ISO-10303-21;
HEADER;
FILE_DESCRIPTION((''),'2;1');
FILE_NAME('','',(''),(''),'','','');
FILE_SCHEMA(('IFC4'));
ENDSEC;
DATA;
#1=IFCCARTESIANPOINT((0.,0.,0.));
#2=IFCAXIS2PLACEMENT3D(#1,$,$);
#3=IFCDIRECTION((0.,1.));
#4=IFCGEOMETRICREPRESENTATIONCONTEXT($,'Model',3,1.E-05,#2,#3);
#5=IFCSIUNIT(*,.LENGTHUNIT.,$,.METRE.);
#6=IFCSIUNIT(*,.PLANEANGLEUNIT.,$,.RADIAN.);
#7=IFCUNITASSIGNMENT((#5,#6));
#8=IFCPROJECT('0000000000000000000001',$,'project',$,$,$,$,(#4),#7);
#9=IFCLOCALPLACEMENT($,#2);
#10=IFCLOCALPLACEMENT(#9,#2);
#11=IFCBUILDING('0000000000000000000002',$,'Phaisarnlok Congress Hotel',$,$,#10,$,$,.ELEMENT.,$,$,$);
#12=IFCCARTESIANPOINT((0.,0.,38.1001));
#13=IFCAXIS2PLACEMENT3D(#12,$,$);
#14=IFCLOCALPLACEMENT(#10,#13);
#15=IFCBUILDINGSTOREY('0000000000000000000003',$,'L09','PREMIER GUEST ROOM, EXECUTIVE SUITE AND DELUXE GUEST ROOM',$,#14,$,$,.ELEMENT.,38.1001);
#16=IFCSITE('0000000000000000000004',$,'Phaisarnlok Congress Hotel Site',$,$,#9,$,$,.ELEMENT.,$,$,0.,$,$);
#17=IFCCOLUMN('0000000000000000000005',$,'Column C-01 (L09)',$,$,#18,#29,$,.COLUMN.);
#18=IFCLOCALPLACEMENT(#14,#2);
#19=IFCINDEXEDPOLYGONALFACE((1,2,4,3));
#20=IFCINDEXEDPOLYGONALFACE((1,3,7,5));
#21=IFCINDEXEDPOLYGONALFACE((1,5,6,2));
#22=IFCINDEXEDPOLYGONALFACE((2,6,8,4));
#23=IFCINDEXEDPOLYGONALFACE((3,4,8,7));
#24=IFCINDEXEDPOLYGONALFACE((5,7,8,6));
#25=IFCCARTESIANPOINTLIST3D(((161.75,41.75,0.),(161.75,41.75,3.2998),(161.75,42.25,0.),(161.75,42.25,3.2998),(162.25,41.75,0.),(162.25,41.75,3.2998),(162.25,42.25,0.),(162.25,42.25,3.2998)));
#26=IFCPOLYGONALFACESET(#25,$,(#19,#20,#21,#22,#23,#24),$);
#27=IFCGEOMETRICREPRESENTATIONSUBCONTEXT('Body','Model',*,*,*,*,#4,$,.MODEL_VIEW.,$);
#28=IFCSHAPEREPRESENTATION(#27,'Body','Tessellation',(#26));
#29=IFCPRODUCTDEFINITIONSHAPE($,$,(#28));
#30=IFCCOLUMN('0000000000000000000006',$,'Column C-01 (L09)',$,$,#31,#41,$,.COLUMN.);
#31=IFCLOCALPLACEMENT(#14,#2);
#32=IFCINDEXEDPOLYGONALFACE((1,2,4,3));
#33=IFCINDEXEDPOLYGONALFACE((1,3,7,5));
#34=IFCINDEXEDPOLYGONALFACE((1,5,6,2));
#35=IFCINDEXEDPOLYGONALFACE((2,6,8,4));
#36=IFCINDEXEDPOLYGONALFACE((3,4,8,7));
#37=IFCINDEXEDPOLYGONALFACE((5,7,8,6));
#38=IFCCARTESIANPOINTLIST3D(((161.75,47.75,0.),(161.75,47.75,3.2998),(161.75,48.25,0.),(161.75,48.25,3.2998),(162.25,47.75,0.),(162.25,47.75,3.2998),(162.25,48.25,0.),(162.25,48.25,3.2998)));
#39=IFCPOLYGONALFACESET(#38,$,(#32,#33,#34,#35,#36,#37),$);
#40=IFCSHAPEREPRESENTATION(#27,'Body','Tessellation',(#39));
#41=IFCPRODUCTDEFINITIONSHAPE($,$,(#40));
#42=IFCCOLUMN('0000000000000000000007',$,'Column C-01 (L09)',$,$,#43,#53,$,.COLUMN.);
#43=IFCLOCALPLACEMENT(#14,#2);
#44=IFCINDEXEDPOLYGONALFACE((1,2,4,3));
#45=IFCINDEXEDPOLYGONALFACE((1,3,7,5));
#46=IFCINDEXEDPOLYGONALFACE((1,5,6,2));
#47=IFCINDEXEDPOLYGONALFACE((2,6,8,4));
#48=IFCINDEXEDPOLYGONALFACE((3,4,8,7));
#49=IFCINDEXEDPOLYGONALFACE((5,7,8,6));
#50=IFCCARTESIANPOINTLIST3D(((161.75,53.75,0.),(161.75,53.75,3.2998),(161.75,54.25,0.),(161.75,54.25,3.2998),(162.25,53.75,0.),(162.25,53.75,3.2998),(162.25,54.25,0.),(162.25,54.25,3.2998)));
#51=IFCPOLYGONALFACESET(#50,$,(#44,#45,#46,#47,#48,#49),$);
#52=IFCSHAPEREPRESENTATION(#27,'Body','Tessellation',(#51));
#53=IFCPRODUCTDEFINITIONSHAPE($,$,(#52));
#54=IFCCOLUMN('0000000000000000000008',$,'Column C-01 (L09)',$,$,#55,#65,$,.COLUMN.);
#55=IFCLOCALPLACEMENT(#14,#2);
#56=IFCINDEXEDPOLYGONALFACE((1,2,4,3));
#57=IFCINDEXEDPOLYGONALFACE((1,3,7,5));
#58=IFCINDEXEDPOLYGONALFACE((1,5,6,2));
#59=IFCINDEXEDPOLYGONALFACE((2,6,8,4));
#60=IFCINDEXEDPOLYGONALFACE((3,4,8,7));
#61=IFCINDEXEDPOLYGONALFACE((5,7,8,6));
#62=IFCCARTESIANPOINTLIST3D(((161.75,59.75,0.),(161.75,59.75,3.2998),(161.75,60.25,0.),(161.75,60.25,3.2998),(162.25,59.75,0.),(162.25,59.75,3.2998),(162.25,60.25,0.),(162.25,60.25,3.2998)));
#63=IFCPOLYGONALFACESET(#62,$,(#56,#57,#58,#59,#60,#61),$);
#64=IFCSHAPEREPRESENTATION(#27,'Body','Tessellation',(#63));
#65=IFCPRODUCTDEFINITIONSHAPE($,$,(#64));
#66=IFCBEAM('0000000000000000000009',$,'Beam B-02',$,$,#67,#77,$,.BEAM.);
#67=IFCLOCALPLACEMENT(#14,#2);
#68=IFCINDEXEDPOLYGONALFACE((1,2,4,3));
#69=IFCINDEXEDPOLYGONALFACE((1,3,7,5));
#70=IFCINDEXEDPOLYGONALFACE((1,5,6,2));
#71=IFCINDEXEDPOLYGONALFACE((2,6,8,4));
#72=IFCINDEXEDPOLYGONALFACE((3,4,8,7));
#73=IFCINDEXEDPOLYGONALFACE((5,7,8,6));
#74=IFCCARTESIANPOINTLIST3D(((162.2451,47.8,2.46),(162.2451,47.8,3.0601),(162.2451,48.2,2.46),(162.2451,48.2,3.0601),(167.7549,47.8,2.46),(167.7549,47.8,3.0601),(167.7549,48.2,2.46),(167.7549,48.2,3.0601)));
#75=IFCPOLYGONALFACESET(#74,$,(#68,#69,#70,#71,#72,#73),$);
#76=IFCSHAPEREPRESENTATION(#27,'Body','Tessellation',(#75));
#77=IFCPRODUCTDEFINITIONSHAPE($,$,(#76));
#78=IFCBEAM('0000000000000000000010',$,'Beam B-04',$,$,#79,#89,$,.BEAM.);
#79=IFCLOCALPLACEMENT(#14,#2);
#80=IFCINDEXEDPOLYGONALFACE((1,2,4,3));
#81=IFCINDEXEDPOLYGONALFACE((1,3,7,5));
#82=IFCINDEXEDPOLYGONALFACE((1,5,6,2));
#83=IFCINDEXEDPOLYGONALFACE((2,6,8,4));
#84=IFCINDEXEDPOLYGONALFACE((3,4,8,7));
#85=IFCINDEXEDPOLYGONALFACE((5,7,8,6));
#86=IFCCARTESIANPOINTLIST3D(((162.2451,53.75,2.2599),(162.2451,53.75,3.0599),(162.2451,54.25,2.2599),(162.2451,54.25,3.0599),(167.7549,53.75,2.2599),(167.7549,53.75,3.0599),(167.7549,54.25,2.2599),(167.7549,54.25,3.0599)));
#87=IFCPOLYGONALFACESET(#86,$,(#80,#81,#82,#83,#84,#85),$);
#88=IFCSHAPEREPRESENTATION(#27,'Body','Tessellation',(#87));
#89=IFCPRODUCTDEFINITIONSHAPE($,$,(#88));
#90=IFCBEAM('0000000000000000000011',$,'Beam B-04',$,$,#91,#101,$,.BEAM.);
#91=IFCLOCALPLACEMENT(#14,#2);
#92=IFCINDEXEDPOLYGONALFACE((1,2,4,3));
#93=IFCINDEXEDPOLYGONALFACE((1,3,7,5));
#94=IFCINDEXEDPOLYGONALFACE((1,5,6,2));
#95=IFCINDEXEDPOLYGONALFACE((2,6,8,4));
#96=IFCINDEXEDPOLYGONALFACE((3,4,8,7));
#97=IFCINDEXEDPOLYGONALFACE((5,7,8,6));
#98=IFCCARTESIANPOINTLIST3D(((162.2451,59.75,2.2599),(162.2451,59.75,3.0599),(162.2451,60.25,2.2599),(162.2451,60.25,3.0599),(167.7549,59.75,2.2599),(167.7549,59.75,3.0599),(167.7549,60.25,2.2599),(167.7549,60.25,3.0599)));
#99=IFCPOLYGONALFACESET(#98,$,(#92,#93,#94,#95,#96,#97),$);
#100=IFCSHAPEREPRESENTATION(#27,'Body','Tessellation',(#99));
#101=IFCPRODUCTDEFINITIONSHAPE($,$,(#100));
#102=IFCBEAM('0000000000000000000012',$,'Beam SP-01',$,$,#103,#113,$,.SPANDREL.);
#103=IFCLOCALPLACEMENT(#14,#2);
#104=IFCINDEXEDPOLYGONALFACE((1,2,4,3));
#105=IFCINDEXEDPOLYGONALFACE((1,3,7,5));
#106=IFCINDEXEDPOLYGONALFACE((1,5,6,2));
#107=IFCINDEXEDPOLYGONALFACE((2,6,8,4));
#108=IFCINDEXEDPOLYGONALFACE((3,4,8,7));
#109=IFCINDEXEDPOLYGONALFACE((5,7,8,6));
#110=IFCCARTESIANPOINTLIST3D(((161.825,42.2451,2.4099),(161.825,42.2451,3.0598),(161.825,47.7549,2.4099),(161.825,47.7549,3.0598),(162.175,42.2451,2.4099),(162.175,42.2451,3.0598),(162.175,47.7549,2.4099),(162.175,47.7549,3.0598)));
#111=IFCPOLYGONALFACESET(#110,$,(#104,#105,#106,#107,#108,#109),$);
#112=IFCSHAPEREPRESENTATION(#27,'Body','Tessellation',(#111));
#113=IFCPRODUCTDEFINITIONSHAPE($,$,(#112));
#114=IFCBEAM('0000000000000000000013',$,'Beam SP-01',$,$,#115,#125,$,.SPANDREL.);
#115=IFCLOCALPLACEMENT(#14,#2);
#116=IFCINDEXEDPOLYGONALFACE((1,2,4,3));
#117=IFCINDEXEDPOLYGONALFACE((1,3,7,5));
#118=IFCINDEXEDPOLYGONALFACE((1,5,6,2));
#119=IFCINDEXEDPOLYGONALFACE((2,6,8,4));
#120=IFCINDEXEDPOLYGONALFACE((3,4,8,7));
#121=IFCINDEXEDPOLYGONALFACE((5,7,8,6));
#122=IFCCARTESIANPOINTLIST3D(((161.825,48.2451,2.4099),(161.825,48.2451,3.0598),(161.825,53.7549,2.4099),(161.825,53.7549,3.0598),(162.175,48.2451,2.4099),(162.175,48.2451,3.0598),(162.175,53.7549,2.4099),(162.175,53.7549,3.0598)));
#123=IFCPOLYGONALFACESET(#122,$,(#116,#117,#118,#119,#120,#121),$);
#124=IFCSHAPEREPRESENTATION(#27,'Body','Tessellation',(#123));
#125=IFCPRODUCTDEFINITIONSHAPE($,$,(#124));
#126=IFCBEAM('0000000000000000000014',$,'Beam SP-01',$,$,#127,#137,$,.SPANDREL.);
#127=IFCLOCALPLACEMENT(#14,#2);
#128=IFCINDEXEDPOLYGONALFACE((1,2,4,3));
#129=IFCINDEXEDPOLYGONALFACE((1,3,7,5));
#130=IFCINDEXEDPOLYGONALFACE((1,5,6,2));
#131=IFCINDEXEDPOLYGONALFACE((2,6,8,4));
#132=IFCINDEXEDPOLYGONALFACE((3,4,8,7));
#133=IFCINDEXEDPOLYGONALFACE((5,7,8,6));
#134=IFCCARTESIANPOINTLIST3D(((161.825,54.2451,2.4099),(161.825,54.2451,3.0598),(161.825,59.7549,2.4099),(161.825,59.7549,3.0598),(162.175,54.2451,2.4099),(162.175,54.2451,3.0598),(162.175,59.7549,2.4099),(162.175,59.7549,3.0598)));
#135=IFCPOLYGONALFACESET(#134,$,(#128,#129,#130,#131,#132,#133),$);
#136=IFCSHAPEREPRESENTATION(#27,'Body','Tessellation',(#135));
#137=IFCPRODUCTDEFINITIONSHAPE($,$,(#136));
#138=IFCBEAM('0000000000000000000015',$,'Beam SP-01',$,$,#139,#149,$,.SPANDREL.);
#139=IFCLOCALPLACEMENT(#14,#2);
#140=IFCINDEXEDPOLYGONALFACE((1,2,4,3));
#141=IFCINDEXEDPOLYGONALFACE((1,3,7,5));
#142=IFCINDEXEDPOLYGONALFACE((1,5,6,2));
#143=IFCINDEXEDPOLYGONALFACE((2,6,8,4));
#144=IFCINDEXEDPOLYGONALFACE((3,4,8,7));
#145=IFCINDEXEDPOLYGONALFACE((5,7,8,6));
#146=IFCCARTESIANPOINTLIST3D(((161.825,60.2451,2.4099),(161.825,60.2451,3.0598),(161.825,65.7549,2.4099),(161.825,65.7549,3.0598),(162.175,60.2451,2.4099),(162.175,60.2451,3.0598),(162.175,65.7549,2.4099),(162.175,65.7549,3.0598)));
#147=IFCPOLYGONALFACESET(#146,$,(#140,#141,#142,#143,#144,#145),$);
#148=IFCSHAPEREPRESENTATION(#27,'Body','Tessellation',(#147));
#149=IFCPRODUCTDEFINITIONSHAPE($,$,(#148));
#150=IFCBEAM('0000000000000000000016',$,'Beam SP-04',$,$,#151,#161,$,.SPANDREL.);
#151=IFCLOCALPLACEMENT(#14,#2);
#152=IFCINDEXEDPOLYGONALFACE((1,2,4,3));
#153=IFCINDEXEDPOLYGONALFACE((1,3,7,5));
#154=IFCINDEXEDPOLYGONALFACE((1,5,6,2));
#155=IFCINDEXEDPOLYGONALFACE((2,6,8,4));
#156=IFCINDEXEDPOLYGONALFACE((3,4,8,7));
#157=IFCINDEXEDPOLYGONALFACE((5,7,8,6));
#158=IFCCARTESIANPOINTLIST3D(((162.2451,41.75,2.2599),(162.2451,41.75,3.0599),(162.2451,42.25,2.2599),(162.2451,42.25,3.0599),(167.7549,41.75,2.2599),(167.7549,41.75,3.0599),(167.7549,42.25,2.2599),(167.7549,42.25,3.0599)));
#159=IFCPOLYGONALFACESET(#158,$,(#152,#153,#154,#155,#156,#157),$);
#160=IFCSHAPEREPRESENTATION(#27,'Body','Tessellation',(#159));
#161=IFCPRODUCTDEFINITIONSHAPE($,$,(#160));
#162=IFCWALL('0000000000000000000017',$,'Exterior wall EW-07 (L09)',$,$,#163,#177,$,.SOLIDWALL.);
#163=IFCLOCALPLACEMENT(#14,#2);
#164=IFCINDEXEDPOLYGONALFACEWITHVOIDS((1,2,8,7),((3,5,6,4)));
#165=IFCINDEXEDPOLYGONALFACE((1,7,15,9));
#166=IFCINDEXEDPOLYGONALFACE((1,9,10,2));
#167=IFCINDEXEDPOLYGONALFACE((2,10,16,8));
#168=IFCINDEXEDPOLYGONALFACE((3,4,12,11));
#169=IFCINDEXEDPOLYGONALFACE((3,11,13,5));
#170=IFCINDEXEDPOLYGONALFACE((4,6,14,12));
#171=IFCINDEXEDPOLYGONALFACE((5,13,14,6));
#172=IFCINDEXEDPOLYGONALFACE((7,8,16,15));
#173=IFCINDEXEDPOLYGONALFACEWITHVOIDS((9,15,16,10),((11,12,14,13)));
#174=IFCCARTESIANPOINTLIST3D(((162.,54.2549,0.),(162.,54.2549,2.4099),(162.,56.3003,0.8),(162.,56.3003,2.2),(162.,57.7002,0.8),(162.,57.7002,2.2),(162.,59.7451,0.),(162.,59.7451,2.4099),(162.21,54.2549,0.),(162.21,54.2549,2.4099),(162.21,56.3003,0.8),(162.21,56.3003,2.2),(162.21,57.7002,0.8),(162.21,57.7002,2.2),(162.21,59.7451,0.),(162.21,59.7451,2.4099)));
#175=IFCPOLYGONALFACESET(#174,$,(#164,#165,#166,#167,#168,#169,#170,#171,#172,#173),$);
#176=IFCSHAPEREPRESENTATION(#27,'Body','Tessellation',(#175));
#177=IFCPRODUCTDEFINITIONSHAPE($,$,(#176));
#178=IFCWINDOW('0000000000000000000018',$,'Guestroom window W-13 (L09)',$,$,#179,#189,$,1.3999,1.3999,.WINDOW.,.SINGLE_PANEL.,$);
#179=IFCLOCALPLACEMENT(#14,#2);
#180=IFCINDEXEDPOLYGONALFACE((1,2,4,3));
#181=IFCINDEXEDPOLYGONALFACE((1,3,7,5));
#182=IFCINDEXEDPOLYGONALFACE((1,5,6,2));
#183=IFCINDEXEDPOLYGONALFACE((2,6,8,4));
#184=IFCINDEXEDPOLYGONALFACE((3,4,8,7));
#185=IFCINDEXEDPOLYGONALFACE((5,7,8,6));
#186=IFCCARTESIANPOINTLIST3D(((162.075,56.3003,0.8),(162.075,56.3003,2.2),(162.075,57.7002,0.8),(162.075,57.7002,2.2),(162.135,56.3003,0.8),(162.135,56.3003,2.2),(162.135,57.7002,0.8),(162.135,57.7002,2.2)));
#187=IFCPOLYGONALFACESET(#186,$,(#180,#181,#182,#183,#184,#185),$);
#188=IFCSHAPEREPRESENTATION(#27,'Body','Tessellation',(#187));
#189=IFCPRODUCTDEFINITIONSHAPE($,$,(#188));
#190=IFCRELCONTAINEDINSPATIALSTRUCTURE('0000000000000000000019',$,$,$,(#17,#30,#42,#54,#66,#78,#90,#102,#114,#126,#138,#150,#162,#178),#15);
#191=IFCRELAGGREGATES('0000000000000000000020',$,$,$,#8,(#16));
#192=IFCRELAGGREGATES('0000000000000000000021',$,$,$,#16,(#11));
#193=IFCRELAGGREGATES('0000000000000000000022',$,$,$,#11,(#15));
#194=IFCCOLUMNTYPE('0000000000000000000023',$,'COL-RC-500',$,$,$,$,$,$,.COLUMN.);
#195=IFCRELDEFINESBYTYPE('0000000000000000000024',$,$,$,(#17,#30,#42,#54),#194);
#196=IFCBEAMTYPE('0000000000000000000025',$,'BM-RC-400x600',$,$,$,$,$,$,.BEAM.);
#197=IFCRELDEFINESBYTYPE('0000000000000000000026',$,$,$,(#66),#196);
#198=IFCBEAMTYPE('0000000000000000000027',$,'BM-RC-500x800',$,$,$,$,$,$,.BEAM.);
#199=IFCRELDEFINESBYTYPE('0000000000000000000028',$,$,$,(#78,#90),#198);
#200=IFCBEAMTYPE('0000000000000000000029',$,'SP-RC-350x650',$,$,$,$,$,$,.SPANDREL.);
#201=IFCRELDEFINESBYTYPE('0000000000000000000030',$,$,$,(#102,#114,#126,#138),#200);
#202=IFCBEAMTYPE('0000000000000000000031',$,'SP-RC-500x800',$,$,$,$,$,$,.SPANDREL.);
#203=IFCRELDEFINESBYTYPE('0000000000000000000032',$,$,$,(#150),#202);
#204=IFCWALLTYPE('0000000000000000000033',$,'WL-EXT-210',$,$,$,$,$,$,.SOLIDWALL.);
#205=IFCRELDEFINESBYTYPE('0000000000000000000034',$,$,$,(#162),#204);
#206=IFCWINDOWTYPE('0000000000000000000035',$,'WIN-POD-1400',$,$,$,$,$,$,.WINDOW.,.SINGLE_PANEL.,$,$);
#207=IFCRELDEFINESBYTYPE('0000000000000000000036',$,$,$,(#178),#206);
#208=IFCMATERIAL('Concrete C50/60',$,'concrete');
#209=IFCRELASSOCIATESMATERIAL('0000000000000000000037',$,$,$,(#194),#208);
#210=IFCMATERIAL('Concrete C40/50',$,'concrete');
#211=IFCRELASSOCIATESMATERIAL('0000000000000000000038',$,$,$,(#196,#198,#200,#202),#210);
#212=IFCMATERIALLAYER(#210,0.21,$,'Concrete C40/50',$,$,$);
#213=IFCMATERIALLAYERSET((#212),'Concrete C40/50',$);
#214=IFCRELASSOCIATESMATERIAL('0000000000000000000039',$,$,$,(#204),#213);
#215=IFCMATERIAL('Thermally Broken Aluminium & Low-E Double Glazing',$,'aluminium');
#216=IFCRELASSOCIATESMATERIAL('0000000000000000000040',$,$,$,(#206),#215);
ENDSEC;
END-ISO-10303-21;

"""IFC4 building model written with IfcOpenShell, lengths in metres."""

from ifc_helpers import new_model, si_unit, direction, frame, frame_2d, origin, origin_2d, place, context, subcontext, project, spatial, rectangle, extrude, material, layer, layer_set, material_profile, profile_set, type_object, element, fill, save


model = new_model("IFC4")

# Units and contexts
model_context = context("Model", 3, precision=1e-05, world=origin(), true_north=direction((0.0, 1.0)))
body_context = subcontext(model_context, "Body", "Model", "MODEL_VIEW")
ifc_project = project(units=[si_unit("LENGTHUNIT", "METRE"), si_unit("PLANEANGLEUNIT", "RADIAN")], contexts=[model_context])

# Site, building, storey
site_placement = place(None, origin())
site = spatial("IfcSite", under=ifc_project, at=site_placement, Name="Phaisarnlok Congress Hotel Site", CompositionType="ELEMENT", RefElevation=0.0)
building_placement = place(site_placement, origin())
building = spatial("IfcBuilding", under=site, at=building_placement, Name="Phaisarnlok Congress Hotel", CompositionType="ELEMENT")
storey_placement = place(building_placement, frame((0.0, 0.0, 38.1001)))
storey = spatial("IfcBuildingStorey", under=building, at=storey_placement, Name="L09", Description="PREMIER GUEST ROOM, EXECUTIVE SUITE AND DELUXE GUEST ROOM", CompositionType="ELEMENT", Elevation=38.1001)

# Columns
ifc_material_1 = material(Name="Concrete C50/60", Category="concrete")
ifc_material_profile_1 = material_profile(ifc_material_1, rectangle(XDim=0.5, YDim=0.5, at=origin_2d()), Name="RC 500x500")
ifc_profile_set_1 = profile_set([ifc_material_profile_1], Name="Concrete C50/60")
column_type = type_object("IfcColumnType", Name="COL-RC-500", PredefinedType="COLUMN", material=ifc_profile_set_1)
for number, where, z_axis, x_axis, name in (
    (1, (162.0, 42.0, 0.0), (0.0, 0.0, 1.0), (1.0, 0.0, 0.0), "Column C-01 (L09)"),
    (2, (162.0, 48.0, 0.0), (0.0, 0.0, 1.0), (1.0, 0.0, 0.0), "Column C-01 (L09)"),
    (3, (162.0, 54.0, 0.0), (0.0, 0.0, 1.0), (1.0, 0.0, 0.0), "Column C-01 (L09)"),
    (4, (162.0, 60.0, 0.0), (0.0, 0.0, 1.0), (1.0, 0.0, 0.0), "Column C-01 (L09)"),
):
    element("IfcColumn", number, at=place(storey_placement, frame(where, z_axis=z_axis, x_axis=x_axis)), inside=storey, type_object=column_type, Name=name, PredefinedType="COLUMN", context=body_context, shape_type="SweptSolid", body=[
        extrude(rectangle(XDim=0.5, YDim=0.5, at=origin_2d()), origin(), (0.0, 0.0, 1.0), 3.2998),
    ])

# Beams
ifc_material_2 = material(Name="Concrete C40/50", Category="concrete")
ifc_material_profile_2 = material_profile(ifc_material_2, rectangle(XDim=0.3999, YDim=0.6001, at=origin_2d()), Name="RC 400x600")
ifc_profile_set_2 = profile_set([ifc_material_profile_2], Name="Concrete C40/50")
beam_type_1 = type_object("IfcBeamType", Name="BM-RC-400x600", PredefinedType="BEAM", material=ifc_profile_set_2)
beam_1_placement = place(storey_placement, frame((162.2451, 48.0, 2.76), z_axis=(1.0, 0.0, 0.0), x_axis=(0.0, 1.0, 0.0)))
element("IfcBeam", 5, at=beam_1_placement, inside=storey, type_object=beam_type_1, Name="Beam B-02", PredefinedType="BEAM", context=body_context, shape_type="SweptSolid", body=[
    extrude(rectangle(XDim=0.3999, YDim=0.6001, at=origin_2d()), origin(), (0.0, 0.0, 1.0), 5.5098),
])
ifc_material_profile_3 = material_profile(ifc_material_2, rectangle(XDim=0.5, YDim=0.8, at=origin_2d()), Name="RC 500x800")
ifc_profile_set_3 = profile_set([ifc_material_profile_3], Name="Concrete C40/50")
beam_type_2 = type_object("IfcBeamType", Name="BM-RC-500x800", PredefinedType="BEAM", material=ifc_profile_set_3)
for number, where, z_axis, x_axis, name in (
    (6, (162.2451, 54.0, 2.6599), (1.0, 0.0, 0.0), (0.0, 1.0, 0.0), "Beam B-04"),
    (7, (162.2451, 60.0, 2.6599), (1.0, 0.0, 0.0), (0.0, 1.0, 0.0), "Beam B-04"),
):
    element("IfcBeam", number, at=place(storey_placement, frame(where, z_axis=z_axis, x_axis=x_axis)), inside=storey, type_object=beam_type_2, Name=name, PredefinedType="BEAM", context=body_context, shape_type="SweptSolid", body=[
        extrude(rectangle(XDim=0.5, YDim=0.8, at=origin_2d()), origin(), (0.0, 0.0, 1.0), 5.5098),
    ])
ifc_material_profile_4 = material_profile(ifc_material_2, rectangle(XDim=0.3501, YDim=0.6499, at=origin_2d()), Name="RC 350x650")
ifc_profile_set_4 = profile_set([ifc_material_profile_4], Name="Concrete C40/50")
beam_type_3 = type_object("IfcBeamType", Name="SP-RC-350x650", PredefinedType="SPANDREL", material=ifc_profile_set_4)
for number, where, z_axis, x_axis, name in (
    (8, (162.0, 42.2451, 2.7349), (0.0, 1.0, 0.0), (-1.0, 0.0, 0.0), "Beam SP-01"),
    (9, (162.0, 48.2451, 2.7349), (0.0, 1.0, 0.0), (-1.0, 0.0, 0.0), "Beam SP-01"),
    (10, (162.0, 54.2451, 2.7349), (0.0, 1.0, 0.0), (-1.0, 0.0, 0.0), "Beam SP-01"),
    (11, (162.0, 60.2451, 2.7349), (0.0, 1.0, 0.0), (-1.0, 0.0, 0.0), "Beam SP-01"),
):
    element("IfcBeam", number, at=place(storey_placement, frame(where, z_axis=z_axis, x_axis=x_axis)), inside=storey, type_object=beam_type_3, Name=name, PredefinedType="SPANDREL", context=body_context, shape_type="SweptSolid", body=[
        extrude(rectangle(XDim=0.3501, YDim=0.6499, at=origin_2d()), origin(), (0.0, 0.0, 1.0), 5.5098),
    ])
ifc_material_profile_5 = material_profile(ifc_material_2, rectangle(XDim=0.5, YDim=0.8, at=origin_2d()), Name="RC 500x800")
ifc_profile_set_5 = profile_set([ifc_material_profile_5], Name="Concrete C40/50")
beam_type_4 = type_object("IfcBeamType", Name="SP-RC-500x800", PredefinedType="SPANDREL", material=ifc_profile_set_5)
beam_2_placement = place(storey_placement, frame((162.2451, 42.0, 2.6599), z_axis=(1.0, 0.0, 0.0), x_axis=(0.0, 1.0, 0.0)))
element("IfcBeam", 12, at=beam_2_placement, inside=storey, type_object=beam_type_4, Name="Beam SP-04", PredefinedType="SPANDREL", context=body_context, shape_type="SweptSolid", body=[
    extrude(rectangle(XDim=0.5, YDim=0.8, at=origin_2d()), origin(), (0.0, 0.0, 1.0), 5.5098),
])

# Wall, opening, window
ifc_layer_1 = layer(ifc_material_2, 0.21, Name="Concrete C40/50")
ifc_layer_set_1 = layer_set([ifc_layer_1], Name="Concrete C40/50")
wall_type_1 = type_object("IfcWallType", Name="WL-EXT-210", PredefinedType="SOLIDWALL", material=ifc_layer_set_1)
wall_1_placement = place(storey_placement, frame((162.105, 59.7451, 0.0), z_axis=(0.0, 0.0, 1.0), x_axis=(0.0, -1.0, 0.0)))
wall_1 = element("IfcWall", 13, at=wall_1_placement, inside=storey, type_object=wall_type_1, Name="Exterior wall EW-07 (L09)", PredefinedType="SOLIDWALL", context=body_context, shape_type="SweptSolid", body=[
    extrude(rectangle(XDim=5.4902, YDim=0.21, at=frame_2d((2.7451, 0.0))), origin(), (0.0, 0.0, 1.0), 2.4099),
])
opening_1_placement = place(wall_1_placement, frame((2.0449, 0.0, 0.8)))
opening_1 = element("IfcOpeningElement", 14, at=opening_1_placement, cuts=wall_1, PredefinedType="OPENING", context=body_context, shape_type="SweptSolid", body=[
    extrude(rectangle(XDim=1.3999, YDim=1.3999, at=frame_2d((0.7, 0.7))), frame((0.0, 0.115, 0.0), z_axis=(0.0, -1.0, 0.0), x_axis=(1.0, 0.0, 0.0)), (0.0, 0.0, 1.0), 0.23),
])
ifc_material_3 = material(Name="Thermally Broken Aluminium & Low-E Double Glazing", Category="aluminium")
window_type = type_object("IfcWindowType", Name="WIN-POD-1400", PartitioningType="SINGLE_PANEL", PredefinedType="WINDOW", material=ifc_material_3)
window_1_placement = place(opening_1_placement, origin())
window_1 = element("IfcWindow", 15, at=window_1_placement, inside=storey, type_object=window_type, Name="Guestroom window W-13 (L09)", OverallHeight=1.3999, OverallWidth=1.3999, PartitioningType="SINGLE_PANEL", PredefinedType="WINDOW", context=body_context, shape_type="SweptSolid", body=[
    extrude(rectangle(XDim=1.3999, YDim=1.3999, at=frame_2d((0.7, 0.7))), frame((0.0, 0.03, 0.0), z_axis=(0.0, -1.0, 0.0), x_axis=(1.0, 0.0, 0.0)), (0.0, 0.0, 1.0), 0.0601),
])
fill(opening_1, window_1)

save(model, "model.ifc")
